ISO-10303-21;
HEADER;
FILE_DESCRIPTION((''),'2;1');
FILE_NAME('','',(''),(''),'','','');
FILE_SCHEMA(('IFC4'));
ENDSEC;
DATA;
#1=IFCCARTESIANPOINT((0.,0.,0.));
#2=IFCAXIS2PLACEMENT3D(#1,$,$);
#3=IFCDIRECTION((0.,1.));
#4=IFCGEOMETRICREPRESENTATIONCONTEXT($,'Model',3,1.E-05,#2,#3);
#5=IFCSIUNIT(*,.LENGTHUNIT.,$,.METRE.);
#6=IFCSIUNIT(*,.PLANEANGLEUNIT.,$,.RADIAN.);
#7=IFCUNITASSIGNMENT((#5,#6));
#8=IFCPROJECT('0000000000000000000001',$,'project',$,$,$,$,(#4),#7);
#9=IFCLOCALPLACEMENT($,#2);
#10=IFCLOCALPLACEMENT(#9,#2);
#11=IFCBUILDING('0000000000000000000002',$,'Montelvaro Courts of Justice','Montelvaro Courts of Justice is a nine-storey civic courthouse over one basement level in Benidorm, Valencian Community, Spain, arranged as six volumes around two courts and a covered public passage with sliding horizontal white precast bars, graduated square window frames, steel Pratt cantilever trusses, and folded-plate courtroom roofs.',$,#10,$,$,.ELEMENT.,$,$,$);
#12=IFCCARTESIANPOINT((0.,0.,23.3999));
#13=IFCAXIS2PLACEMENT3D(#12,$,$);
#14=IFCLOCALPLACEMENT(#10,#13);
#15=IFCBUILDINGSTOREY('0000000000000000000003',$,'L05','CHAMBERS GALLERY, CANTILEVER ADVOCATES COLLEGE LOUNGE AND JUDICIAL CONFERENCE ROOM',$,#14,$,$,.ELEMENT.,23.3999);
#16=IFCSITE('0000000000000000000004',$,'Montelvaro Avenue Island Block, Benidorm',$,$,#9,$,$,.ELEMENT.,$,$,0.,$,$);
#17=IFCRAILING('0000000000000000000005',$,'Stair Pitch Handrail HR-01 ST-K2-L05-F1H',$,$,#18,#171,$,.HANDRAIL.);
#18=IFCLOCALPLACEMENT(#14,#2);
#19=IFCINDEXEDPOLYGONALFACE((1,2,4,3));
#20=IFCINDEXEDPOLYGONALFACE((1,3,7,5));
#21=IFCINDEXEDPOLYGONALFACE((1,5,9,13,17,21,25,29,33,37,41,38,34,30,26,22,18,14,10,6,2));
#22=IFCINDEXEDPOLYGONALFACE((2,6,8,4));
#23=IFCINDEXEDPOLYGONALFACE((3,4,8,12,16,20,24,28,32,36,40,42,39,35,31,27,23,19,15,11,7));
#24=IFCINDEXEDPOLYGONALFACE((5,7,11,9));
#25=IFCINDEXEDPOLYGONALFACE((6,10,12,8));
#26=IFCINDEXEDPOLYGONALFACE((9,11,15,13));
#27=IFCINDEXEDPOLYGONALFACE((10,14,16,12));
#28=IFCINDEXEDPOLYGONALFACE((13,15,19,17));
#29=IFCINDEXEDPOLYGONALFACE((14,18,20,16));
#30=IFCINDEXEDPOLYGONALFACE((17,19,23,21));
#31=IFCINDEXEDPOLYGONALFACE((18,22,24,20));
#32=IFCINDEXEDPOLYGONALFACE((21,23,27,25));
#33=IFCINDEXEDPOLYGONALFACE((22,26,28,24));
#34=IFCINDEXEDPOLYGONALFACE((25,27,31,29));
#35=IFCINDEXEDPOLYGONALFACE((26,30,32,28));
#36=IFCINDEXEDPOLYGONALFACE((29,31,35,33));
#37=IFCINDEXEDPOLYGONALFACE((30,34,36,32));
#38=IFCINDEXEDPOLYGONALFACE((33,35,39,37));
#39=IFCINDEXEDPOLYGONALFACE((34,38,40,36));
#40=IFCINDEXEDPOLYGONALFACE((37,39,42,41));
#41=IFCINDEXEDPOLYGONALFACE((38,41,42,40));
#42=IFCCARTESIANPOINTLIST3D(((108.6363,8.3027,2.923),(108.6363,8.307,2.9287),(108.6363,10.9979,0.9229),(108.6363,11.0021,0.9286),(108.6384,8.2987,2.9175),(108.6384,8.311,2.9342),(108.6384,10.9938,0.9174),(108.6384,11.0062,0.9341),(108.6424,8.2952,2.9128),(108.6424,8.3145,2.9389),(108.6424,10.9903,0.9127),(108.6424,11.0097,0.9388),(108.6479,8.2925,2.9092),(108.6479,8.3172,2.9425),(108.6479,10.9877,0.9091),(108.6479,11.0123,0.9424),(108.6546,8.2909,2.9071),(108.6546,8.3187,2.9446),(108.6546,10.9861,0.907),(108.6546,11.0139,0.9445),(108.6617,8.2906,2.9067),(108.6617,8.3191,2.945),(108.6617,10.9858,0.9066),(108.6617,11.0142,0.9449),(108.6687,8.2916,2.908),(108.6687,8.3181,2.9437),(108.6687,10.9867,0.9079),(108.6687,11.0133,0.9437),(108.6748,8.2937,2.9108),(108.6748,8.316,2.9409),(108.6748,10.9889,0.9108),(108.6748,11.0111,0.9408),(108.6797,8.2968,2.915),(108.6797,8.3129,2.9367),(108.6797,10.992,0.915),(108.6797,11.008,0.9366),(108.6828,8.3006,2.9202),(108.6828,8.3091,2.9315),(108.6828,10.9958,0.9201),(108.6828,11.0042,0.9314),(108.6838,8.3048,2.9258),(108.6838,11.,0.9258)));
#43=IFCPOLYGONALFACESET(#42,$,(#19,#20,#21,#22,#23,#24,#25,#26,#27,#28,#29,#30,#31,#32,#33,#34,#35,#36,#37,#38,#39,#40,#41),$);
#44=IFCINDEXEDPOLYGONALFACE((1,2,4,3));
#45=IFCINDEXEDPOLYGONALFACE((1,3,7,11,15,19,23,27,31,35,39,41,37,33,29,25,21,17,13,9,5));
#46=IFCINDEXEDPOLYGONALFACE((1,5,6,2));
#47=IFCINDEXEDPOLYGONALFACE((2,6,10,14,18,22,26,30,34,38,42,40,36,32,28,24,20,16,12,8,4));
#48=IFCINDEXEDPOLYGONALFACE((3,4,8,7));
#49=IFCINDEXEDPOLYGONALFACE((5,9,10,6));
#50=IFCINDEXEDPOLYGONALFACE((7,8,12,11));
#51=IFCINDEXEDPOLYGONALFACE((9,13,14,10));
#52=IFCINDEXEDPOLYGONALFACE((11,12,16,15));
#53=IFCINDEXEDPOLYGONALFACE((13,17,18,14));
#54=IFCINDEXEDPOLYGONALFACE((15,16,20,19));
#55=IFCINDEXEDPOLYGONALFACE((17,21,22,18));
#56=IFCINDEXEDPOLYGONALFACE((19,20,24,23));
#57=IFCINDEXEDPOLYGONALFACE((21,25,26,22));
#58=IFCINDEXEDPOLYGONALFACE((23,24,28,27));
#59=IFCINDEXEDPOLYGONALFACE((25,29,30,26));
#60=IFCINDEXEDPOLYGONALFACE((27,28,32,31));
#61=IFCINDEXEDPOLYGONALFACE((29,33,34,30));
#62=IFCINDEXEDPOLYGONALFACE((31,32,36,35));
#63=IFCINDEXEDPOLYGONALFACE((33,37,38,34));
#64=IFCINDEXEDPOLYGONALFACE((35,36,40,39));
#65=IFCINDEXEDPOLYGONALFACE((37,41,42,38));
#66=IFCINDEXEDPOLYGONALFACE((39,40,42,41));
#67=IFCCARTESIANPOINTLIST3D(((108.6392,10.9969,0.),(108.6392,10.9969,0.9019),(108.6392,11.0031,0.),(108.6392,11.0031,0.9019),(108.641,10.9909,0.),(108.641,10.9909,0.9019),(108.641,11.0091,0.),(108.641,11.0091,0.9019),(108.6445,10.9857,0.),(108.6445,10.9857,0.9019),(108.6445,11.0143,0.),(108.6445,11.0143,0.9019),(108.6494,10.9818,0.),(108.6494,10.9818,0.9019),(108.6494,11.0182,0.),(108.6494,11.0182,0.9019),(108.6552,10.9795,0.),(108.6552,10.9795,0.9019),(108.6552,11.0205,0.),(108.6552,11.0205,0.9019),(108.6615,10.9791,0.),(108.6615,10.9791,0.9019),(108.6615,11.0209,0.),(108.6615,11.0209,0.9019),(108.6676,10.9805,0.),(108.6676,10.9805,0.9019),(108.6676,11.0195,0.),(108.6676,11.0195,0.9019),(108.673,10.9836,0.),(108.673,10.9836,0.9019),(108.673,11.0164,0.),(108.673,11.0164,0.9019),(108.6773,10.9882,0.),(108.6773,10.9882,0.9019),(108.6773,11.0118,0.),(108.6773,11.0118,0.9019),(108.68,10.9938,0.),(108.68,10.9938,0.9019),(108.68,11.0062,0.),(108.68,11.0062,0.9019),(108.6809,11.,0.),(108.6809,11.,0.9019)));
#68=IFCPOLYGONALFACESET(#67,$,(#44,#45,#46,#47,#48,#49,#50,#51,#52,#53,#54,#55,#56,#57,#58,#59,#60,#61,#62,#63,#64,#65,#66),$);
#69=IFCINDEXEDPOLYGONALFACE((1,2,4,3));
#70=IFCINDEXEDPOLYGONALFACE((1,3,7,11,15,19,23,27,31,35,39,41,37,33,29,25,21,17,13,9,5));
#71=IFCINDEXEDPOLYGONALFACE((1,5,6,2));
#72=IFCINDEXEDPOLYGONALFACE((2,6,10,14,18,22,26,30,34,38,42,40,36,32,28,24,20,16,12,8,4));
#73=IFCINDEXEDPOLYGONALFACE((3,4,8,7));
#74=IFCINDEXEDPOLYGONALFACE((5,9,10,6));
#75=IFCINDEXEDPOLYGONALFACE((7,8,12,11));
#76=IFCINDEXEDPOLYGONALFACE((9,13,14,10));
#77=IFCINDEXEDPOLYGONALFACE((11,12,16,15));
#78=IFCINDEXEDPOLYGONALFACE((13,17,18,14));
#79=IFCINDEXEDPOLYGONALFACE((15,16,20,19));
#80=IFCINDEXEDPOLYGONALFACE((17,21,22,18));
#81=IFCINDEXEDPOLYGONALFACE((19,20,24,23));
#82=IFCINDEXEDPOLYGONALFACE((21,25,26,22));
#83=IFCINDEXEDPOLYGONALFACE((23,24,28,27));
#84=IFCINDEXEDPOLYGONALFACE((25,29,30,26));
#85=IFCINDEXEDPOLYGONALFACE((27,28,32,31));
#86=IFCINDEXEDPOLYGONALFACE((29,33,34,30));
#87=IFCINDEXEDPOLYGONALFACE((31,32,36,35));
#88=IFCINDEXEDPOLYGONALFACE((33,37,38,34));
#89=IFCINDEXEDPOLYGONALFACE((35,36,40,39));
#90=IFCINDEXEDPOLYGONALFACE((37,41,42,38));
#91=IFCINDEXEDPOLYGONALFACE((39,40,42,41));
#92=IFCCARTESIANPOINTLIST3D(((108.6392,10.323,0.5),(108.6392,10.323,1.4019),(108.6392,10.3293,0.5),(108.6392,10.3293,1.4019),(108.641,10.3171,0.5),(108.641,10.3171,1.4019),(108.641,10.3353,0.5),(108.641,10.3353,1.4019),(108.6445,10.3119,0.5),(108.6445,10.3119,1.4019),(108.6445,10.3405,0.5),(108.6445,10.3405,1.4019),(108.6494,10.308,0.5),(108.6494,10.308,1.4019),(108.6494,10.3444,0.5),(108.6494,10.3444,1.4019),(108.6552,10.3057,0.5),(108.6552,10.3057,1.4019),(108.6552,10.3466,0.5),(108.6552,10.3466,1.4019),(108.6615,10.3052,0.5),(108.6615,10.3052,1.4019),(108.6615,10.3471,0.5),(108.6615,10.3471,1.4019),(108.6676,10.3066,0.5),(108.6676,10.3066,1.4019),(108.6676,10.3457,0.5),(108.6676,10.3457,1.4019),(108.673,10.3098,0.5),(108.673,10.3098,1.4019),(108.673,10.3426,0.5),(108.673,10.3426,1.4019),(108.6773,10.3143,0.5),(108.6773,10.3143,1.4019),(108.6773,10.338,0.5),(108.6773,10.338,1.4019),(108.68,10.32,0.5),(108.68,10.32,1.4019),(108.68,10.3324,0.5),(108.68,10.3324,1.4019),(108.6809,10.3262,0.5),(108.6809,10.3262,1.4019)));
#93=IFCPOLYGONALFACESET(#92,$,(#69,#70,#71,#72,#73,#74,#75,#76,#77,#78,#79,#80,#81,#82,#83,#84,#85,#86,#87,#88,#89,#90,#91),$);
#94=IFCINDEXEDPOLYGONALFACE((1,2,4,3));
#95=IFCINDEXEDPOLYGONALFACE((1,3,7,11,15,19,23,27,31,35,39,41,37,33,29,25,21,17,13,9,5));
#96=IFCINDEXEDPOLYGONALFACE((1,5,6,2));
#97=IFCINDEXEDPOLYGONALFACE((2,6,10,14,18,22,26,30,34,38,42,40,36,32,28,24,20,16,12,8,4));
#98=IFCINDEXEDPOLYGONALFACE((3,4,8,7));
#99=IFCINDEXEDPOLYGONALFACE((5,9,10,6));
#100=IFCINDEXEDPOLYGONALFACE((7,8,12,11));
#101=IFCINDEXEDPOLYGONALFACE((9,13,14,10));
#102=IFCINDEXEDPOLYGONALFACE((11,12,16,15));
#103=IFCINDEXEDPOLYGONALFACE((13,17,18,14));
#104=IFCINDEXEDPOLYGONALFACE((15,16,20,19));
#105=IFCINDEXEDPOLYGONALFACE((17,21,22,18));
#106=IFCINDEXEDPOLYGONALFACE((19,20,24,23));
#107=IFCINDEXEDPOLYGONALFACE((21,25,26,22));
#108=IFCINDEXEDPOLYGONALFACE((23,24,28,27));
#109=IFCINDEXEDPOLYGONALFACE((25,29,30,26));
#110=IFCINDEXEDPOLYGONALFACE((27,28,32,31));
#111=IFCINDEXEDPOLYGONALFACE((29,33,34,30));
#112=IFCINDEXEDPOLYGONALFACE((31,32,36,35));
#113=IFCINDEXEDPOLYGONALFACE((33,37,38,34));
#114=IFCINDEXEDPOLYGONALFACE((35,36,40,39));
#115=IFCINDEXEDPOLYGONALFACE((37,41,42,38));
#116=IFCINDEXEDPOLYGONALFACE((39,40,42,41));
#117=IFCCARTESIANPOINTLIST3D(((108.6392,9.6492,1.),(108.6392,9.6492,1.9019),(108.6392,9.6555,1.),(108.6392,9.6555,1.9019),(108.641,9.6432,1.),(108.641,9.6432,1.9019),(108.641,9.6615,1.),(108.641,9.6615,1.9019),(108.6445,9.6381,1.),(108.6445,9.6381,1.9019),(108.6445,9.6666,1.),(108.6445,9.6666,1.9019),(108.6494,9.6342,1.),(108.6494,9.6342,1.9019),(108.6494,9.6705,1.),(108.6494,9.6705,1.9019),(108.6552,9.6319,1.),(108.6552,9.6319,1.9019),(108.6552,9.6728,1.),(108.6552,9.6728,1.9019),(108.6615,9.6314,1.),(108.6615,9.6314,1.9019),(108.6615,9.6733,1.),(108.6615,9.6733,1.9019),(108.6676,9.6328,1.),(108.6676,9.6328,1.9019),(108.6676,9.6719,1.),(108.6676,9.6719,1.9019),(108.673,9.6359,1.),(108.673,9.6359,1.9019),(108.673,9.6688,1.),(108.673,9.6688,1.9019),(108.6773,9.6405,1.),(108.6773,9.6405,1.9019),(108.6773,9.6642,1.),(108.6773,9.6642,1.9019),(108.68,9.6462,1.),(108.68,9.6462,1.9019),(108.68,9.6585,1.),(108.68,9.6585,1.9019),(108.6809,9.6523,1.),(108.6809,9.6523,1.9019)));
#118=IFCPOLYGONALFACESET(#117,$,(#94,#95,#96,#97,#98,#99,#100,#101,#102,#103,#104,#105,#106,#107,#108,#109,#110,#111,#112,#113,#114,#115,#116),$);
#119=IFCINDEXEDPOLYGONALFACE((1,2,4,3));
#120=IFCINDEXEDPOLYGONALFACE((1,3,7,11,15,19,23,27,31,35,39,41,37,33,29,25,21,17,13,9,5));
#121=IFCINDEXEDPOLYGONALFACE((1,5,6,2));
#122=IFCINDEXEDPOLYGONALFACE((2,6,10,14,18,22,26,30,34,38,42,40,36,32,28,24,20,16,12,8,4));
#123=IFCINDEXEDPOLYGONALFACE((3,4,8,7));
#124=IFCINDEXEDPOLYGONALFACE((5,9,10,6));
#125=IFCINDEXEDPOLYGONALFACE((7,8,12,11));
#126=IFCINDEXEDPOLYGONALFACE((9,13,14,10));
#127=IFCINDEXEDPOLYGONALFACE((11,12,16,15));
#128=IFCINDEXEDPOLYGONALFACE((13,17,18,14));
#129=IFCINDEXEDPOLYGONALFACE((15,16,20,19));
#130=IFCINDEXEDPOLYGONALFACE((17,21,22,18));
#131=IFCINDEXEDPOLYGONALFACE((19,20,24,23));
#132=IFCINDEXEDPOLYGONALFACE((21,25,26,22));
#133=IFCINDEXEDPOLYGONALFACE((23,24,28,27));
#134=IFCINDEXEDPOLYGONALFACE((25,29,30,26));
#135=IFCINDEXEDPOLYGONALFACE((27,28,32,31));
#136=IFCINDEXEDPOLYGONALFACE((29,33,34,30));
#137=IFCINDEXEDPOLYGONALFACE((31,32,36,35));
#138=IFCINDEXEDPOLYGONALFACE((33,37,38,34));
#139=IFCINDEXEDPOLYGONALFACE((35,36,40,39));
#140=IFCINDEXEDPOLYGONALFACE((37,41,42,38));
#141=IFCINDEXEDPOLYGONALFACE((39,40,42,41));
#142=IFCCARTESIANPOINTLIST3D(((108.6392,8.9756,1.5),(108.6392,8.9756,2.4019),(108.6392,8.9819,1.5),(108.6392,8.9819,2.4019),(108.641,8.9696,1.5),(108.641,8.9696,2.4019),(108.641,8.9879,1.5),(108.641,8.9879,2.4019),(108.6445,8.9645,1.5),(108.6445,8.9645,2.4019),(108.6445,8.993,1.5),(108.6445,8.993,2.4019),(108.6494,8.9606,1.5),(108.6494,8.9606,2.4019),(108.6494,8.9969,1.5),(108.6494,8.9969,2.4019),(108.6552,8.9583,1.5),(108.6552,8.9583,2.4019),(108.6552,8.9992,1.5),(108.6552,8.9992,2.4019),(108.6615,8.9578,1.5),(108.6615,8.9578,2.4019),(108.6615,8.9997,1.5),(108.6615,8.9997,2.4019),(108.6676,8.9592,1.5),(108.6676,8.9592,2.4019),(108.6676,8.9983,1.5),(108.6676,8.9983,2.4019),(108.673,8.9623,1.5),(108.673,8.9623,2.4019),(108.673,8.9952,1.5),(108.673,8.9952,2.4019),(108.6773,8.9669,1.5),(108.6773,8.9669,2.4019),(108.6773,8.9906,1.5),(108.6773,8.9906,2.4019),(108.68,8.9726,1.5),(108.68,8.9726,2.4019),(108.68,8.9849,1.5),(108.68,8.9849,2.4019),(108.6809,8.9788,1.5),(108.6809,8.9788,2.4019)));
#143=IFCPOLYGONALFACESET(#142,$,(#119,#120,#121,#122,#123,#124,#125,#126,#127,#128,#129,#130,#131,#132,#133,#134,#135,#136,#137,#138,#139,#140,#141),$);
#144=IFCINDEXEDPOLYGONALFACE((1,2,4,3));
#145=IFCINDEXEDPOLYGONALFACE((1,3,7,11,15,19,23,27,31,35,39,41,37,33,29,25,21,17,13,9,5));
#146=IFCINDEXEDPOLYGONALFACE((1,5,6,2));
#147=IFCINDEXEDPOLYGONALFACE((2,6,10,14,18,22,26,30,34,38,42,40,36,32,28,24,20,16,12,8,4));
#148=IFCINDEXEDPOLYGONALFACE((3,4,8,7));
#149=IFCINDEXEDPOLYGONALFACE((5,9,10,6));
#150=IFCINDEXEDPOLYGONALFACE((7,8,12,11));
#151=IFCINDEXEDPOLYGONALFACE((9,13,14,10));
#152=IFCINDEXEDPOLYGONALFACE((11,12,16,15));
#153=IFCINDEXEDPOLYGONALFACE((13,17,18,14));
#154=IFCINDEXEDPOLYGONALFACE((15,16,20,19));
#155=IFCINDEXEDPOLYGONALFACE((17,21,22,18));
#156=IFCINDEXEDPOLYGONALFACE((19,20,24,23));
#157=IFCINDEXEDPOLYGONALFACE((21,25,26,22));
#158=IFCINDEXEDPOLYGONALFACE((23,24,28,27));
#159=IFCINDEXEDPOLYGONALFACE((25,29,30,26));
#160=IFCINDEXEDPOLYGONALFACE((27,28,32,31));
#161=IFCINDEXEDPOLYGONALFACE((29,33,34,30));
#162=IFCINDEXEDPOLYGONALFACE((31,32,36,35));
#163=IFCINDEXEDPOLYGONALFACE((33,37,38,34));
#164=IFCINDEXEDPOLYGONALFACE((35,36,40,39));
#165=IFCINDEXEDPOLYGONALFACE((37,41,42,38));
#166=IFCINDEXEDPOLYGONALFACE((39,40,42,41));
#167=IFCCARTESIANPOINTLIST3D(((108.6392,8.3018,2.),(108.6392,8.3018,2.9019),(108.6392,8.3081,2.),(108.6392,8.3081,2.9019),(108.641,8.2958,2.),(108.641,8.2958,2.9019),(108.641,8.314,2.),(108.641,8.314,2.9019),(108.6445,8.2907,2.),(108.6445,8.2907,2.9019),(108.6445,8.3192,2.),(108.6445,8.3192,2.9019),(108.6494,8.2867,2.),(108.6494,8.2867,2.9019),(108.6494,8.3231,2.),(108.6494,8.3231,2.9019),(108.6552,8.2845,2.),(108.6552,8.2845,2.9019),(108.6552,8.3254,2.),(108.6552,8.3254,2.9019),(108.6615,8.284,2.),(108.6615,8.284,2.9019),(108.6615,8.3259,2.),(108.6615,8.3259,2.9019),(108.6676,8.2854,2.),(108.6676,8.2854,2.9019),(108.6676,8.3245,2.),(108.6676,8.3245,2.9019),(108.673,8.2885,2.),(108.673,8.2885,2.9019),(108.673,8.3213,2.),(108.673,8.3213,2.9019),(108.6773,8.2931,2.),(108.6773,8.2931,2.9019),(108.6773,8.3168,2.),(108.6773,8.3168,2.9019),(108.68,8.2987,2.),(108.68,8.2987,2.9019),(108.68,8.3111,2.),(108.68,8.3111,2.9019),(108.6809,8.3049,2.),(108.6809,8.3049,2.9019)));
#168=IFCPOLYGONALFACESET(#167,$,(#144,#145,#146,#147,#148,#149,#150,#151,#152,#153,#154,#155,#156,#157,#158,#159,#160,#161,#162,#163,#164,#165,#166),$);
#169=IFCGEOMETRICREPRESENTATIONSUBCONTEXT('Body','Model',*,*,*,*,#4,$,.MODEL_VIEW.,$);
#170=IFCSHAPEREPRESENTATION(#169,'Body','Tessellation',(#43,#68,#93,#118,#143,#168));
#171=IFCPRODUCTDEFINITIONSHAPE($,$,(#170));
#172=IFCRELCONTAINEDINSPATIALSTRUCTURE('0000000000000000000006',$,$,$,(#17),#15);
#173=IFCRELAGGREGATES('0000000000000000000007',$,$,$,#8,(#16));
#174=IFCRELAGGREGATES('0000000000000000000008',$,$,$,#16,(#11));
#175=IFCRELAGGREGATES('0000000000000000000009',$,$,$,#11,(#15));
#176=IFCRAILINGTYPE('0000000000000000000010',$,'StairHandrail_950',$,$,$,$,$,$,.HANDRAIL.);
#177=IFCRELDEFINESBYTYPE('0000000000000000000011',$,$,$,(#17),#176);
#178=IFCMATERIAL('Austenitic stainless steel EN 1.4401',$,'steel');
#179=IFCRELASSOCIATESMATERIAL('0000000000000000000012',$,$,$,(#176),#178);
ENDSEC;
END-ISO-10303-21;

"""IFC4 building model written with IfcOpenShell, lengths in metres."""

from ifc_helpers import new_model, si_unit, direction, frame, origin, origin_2d, place, context, subcontext, project, spatial, circle, extrude, material, type_object, element, save


model = new_model("IFC4")

# Units and contexts
model_context = context("Model", 3, precision=1e-05, world=origin(), true_north=direction((0.0, 1.0)))
body_context = subcontext(model_context, "Body", "Model", "MODEL_VIEW")
ifc_project = project(units=[si_unit("LENGTHUNIT", "METRE"), si_unit("PLANEANGLEUNIT", "RADIAN")], contexts=[model_context])

# Site, building, storey
site_placement = place(None, origin())
site = spatial("IfcSite", under=ifc_project, at=site_placement, Name="Montelvaro Avenue Island Block, Benidorm", CompositionType="ELEMENT", RefElevation=0.0)
building_placement = place(site_placement, origin())
building = spatial("IfcBuilding", under=site, at=building_placement, Name="Montelvaro Courts of Justice", Description="Montelvaro Courts of Justice is a nine-storey civic courthouse over one basement level in Benidorm, Valencian Community, Spain, arranged as six volumes around two courts and a covered public passage with sliding horizontal white precast bars, graduated square window frames, steel Pratt cantilever trusses, and folded-plate courtroom roofs.", CompositionType="ELEMENT")
storey_placement = place(building_placement, frame((0.0, 0.0, 23.3999)))
storey = spatial("IfcBuildingStorey", under=building, at=storey_placement, Name="L05", Description="CHAMBERS GALLERY, CANTILEVER ADVOCATES COLLEGE LOUNGE AND JUDICIAL CONFERENCE ROOM", CompositionType="ELEMENT", Elevation=23.3999)

# Railing
ifc_material_1 = material(Name="Austenitic stainless steel EN 1.4401", Category="steel")
railing_type_1 = type_object("IfcRailingType", Name="StairHandrail_950", PredefinedType="HANDRAIL", material=ifc_material_1)
railing_1_placement = place(storey_placement, frame((108.6599, 11.0, 0.0)))
element("IfcRailing", 1, at=railing_1_placement, inside=storey, type_object=railing_type_1, Name="Stair Pitch Handrail HR-01 ST-K2-L05-F1H", PredefinedType="HANDRAIL", context=body_context, shape_type="SweptSolid", body=[
    extrude(circle(Radius=0.0239, at=origin_2d()), frame((0.0, 0.0, 0.9258), z_axis=(0.0, -0.803036, 0.59593), x_axis=(1.0, 0.0, 0.0)), (0.0, 0.0, 1.0), 3.3562),
    extrude(circle(Radius=0.021, at=origin_2d()), origin(), (0.0, 0.0, 1.0), 0.9019),
    extrude(circle(Radius=0.021, at=origin_2d()), frame((0.0, -0.6738, 0.5)), (0.0, 0.0, 1.0), 0.9019),
    extrude(circle(Radius=0.021, at=origin_2d()), frame((0.0, -1.3477, 1.0)), (0.0, 0.0, 1.0), 0.9019),
    extrude(circle(Radius=0.021, at=origin_2d()), frame((0.0, -2.0212, 1.5)), (0.0, 0.0, 1.0), 0.9019),
    extrude(circle(Radius=0.021, at=origin_2d()), frame((0.0, -2.6951, 2.0)), (0.0, 0.0, 1.0), 0.9019),
])

save(model, "model.ifc")
